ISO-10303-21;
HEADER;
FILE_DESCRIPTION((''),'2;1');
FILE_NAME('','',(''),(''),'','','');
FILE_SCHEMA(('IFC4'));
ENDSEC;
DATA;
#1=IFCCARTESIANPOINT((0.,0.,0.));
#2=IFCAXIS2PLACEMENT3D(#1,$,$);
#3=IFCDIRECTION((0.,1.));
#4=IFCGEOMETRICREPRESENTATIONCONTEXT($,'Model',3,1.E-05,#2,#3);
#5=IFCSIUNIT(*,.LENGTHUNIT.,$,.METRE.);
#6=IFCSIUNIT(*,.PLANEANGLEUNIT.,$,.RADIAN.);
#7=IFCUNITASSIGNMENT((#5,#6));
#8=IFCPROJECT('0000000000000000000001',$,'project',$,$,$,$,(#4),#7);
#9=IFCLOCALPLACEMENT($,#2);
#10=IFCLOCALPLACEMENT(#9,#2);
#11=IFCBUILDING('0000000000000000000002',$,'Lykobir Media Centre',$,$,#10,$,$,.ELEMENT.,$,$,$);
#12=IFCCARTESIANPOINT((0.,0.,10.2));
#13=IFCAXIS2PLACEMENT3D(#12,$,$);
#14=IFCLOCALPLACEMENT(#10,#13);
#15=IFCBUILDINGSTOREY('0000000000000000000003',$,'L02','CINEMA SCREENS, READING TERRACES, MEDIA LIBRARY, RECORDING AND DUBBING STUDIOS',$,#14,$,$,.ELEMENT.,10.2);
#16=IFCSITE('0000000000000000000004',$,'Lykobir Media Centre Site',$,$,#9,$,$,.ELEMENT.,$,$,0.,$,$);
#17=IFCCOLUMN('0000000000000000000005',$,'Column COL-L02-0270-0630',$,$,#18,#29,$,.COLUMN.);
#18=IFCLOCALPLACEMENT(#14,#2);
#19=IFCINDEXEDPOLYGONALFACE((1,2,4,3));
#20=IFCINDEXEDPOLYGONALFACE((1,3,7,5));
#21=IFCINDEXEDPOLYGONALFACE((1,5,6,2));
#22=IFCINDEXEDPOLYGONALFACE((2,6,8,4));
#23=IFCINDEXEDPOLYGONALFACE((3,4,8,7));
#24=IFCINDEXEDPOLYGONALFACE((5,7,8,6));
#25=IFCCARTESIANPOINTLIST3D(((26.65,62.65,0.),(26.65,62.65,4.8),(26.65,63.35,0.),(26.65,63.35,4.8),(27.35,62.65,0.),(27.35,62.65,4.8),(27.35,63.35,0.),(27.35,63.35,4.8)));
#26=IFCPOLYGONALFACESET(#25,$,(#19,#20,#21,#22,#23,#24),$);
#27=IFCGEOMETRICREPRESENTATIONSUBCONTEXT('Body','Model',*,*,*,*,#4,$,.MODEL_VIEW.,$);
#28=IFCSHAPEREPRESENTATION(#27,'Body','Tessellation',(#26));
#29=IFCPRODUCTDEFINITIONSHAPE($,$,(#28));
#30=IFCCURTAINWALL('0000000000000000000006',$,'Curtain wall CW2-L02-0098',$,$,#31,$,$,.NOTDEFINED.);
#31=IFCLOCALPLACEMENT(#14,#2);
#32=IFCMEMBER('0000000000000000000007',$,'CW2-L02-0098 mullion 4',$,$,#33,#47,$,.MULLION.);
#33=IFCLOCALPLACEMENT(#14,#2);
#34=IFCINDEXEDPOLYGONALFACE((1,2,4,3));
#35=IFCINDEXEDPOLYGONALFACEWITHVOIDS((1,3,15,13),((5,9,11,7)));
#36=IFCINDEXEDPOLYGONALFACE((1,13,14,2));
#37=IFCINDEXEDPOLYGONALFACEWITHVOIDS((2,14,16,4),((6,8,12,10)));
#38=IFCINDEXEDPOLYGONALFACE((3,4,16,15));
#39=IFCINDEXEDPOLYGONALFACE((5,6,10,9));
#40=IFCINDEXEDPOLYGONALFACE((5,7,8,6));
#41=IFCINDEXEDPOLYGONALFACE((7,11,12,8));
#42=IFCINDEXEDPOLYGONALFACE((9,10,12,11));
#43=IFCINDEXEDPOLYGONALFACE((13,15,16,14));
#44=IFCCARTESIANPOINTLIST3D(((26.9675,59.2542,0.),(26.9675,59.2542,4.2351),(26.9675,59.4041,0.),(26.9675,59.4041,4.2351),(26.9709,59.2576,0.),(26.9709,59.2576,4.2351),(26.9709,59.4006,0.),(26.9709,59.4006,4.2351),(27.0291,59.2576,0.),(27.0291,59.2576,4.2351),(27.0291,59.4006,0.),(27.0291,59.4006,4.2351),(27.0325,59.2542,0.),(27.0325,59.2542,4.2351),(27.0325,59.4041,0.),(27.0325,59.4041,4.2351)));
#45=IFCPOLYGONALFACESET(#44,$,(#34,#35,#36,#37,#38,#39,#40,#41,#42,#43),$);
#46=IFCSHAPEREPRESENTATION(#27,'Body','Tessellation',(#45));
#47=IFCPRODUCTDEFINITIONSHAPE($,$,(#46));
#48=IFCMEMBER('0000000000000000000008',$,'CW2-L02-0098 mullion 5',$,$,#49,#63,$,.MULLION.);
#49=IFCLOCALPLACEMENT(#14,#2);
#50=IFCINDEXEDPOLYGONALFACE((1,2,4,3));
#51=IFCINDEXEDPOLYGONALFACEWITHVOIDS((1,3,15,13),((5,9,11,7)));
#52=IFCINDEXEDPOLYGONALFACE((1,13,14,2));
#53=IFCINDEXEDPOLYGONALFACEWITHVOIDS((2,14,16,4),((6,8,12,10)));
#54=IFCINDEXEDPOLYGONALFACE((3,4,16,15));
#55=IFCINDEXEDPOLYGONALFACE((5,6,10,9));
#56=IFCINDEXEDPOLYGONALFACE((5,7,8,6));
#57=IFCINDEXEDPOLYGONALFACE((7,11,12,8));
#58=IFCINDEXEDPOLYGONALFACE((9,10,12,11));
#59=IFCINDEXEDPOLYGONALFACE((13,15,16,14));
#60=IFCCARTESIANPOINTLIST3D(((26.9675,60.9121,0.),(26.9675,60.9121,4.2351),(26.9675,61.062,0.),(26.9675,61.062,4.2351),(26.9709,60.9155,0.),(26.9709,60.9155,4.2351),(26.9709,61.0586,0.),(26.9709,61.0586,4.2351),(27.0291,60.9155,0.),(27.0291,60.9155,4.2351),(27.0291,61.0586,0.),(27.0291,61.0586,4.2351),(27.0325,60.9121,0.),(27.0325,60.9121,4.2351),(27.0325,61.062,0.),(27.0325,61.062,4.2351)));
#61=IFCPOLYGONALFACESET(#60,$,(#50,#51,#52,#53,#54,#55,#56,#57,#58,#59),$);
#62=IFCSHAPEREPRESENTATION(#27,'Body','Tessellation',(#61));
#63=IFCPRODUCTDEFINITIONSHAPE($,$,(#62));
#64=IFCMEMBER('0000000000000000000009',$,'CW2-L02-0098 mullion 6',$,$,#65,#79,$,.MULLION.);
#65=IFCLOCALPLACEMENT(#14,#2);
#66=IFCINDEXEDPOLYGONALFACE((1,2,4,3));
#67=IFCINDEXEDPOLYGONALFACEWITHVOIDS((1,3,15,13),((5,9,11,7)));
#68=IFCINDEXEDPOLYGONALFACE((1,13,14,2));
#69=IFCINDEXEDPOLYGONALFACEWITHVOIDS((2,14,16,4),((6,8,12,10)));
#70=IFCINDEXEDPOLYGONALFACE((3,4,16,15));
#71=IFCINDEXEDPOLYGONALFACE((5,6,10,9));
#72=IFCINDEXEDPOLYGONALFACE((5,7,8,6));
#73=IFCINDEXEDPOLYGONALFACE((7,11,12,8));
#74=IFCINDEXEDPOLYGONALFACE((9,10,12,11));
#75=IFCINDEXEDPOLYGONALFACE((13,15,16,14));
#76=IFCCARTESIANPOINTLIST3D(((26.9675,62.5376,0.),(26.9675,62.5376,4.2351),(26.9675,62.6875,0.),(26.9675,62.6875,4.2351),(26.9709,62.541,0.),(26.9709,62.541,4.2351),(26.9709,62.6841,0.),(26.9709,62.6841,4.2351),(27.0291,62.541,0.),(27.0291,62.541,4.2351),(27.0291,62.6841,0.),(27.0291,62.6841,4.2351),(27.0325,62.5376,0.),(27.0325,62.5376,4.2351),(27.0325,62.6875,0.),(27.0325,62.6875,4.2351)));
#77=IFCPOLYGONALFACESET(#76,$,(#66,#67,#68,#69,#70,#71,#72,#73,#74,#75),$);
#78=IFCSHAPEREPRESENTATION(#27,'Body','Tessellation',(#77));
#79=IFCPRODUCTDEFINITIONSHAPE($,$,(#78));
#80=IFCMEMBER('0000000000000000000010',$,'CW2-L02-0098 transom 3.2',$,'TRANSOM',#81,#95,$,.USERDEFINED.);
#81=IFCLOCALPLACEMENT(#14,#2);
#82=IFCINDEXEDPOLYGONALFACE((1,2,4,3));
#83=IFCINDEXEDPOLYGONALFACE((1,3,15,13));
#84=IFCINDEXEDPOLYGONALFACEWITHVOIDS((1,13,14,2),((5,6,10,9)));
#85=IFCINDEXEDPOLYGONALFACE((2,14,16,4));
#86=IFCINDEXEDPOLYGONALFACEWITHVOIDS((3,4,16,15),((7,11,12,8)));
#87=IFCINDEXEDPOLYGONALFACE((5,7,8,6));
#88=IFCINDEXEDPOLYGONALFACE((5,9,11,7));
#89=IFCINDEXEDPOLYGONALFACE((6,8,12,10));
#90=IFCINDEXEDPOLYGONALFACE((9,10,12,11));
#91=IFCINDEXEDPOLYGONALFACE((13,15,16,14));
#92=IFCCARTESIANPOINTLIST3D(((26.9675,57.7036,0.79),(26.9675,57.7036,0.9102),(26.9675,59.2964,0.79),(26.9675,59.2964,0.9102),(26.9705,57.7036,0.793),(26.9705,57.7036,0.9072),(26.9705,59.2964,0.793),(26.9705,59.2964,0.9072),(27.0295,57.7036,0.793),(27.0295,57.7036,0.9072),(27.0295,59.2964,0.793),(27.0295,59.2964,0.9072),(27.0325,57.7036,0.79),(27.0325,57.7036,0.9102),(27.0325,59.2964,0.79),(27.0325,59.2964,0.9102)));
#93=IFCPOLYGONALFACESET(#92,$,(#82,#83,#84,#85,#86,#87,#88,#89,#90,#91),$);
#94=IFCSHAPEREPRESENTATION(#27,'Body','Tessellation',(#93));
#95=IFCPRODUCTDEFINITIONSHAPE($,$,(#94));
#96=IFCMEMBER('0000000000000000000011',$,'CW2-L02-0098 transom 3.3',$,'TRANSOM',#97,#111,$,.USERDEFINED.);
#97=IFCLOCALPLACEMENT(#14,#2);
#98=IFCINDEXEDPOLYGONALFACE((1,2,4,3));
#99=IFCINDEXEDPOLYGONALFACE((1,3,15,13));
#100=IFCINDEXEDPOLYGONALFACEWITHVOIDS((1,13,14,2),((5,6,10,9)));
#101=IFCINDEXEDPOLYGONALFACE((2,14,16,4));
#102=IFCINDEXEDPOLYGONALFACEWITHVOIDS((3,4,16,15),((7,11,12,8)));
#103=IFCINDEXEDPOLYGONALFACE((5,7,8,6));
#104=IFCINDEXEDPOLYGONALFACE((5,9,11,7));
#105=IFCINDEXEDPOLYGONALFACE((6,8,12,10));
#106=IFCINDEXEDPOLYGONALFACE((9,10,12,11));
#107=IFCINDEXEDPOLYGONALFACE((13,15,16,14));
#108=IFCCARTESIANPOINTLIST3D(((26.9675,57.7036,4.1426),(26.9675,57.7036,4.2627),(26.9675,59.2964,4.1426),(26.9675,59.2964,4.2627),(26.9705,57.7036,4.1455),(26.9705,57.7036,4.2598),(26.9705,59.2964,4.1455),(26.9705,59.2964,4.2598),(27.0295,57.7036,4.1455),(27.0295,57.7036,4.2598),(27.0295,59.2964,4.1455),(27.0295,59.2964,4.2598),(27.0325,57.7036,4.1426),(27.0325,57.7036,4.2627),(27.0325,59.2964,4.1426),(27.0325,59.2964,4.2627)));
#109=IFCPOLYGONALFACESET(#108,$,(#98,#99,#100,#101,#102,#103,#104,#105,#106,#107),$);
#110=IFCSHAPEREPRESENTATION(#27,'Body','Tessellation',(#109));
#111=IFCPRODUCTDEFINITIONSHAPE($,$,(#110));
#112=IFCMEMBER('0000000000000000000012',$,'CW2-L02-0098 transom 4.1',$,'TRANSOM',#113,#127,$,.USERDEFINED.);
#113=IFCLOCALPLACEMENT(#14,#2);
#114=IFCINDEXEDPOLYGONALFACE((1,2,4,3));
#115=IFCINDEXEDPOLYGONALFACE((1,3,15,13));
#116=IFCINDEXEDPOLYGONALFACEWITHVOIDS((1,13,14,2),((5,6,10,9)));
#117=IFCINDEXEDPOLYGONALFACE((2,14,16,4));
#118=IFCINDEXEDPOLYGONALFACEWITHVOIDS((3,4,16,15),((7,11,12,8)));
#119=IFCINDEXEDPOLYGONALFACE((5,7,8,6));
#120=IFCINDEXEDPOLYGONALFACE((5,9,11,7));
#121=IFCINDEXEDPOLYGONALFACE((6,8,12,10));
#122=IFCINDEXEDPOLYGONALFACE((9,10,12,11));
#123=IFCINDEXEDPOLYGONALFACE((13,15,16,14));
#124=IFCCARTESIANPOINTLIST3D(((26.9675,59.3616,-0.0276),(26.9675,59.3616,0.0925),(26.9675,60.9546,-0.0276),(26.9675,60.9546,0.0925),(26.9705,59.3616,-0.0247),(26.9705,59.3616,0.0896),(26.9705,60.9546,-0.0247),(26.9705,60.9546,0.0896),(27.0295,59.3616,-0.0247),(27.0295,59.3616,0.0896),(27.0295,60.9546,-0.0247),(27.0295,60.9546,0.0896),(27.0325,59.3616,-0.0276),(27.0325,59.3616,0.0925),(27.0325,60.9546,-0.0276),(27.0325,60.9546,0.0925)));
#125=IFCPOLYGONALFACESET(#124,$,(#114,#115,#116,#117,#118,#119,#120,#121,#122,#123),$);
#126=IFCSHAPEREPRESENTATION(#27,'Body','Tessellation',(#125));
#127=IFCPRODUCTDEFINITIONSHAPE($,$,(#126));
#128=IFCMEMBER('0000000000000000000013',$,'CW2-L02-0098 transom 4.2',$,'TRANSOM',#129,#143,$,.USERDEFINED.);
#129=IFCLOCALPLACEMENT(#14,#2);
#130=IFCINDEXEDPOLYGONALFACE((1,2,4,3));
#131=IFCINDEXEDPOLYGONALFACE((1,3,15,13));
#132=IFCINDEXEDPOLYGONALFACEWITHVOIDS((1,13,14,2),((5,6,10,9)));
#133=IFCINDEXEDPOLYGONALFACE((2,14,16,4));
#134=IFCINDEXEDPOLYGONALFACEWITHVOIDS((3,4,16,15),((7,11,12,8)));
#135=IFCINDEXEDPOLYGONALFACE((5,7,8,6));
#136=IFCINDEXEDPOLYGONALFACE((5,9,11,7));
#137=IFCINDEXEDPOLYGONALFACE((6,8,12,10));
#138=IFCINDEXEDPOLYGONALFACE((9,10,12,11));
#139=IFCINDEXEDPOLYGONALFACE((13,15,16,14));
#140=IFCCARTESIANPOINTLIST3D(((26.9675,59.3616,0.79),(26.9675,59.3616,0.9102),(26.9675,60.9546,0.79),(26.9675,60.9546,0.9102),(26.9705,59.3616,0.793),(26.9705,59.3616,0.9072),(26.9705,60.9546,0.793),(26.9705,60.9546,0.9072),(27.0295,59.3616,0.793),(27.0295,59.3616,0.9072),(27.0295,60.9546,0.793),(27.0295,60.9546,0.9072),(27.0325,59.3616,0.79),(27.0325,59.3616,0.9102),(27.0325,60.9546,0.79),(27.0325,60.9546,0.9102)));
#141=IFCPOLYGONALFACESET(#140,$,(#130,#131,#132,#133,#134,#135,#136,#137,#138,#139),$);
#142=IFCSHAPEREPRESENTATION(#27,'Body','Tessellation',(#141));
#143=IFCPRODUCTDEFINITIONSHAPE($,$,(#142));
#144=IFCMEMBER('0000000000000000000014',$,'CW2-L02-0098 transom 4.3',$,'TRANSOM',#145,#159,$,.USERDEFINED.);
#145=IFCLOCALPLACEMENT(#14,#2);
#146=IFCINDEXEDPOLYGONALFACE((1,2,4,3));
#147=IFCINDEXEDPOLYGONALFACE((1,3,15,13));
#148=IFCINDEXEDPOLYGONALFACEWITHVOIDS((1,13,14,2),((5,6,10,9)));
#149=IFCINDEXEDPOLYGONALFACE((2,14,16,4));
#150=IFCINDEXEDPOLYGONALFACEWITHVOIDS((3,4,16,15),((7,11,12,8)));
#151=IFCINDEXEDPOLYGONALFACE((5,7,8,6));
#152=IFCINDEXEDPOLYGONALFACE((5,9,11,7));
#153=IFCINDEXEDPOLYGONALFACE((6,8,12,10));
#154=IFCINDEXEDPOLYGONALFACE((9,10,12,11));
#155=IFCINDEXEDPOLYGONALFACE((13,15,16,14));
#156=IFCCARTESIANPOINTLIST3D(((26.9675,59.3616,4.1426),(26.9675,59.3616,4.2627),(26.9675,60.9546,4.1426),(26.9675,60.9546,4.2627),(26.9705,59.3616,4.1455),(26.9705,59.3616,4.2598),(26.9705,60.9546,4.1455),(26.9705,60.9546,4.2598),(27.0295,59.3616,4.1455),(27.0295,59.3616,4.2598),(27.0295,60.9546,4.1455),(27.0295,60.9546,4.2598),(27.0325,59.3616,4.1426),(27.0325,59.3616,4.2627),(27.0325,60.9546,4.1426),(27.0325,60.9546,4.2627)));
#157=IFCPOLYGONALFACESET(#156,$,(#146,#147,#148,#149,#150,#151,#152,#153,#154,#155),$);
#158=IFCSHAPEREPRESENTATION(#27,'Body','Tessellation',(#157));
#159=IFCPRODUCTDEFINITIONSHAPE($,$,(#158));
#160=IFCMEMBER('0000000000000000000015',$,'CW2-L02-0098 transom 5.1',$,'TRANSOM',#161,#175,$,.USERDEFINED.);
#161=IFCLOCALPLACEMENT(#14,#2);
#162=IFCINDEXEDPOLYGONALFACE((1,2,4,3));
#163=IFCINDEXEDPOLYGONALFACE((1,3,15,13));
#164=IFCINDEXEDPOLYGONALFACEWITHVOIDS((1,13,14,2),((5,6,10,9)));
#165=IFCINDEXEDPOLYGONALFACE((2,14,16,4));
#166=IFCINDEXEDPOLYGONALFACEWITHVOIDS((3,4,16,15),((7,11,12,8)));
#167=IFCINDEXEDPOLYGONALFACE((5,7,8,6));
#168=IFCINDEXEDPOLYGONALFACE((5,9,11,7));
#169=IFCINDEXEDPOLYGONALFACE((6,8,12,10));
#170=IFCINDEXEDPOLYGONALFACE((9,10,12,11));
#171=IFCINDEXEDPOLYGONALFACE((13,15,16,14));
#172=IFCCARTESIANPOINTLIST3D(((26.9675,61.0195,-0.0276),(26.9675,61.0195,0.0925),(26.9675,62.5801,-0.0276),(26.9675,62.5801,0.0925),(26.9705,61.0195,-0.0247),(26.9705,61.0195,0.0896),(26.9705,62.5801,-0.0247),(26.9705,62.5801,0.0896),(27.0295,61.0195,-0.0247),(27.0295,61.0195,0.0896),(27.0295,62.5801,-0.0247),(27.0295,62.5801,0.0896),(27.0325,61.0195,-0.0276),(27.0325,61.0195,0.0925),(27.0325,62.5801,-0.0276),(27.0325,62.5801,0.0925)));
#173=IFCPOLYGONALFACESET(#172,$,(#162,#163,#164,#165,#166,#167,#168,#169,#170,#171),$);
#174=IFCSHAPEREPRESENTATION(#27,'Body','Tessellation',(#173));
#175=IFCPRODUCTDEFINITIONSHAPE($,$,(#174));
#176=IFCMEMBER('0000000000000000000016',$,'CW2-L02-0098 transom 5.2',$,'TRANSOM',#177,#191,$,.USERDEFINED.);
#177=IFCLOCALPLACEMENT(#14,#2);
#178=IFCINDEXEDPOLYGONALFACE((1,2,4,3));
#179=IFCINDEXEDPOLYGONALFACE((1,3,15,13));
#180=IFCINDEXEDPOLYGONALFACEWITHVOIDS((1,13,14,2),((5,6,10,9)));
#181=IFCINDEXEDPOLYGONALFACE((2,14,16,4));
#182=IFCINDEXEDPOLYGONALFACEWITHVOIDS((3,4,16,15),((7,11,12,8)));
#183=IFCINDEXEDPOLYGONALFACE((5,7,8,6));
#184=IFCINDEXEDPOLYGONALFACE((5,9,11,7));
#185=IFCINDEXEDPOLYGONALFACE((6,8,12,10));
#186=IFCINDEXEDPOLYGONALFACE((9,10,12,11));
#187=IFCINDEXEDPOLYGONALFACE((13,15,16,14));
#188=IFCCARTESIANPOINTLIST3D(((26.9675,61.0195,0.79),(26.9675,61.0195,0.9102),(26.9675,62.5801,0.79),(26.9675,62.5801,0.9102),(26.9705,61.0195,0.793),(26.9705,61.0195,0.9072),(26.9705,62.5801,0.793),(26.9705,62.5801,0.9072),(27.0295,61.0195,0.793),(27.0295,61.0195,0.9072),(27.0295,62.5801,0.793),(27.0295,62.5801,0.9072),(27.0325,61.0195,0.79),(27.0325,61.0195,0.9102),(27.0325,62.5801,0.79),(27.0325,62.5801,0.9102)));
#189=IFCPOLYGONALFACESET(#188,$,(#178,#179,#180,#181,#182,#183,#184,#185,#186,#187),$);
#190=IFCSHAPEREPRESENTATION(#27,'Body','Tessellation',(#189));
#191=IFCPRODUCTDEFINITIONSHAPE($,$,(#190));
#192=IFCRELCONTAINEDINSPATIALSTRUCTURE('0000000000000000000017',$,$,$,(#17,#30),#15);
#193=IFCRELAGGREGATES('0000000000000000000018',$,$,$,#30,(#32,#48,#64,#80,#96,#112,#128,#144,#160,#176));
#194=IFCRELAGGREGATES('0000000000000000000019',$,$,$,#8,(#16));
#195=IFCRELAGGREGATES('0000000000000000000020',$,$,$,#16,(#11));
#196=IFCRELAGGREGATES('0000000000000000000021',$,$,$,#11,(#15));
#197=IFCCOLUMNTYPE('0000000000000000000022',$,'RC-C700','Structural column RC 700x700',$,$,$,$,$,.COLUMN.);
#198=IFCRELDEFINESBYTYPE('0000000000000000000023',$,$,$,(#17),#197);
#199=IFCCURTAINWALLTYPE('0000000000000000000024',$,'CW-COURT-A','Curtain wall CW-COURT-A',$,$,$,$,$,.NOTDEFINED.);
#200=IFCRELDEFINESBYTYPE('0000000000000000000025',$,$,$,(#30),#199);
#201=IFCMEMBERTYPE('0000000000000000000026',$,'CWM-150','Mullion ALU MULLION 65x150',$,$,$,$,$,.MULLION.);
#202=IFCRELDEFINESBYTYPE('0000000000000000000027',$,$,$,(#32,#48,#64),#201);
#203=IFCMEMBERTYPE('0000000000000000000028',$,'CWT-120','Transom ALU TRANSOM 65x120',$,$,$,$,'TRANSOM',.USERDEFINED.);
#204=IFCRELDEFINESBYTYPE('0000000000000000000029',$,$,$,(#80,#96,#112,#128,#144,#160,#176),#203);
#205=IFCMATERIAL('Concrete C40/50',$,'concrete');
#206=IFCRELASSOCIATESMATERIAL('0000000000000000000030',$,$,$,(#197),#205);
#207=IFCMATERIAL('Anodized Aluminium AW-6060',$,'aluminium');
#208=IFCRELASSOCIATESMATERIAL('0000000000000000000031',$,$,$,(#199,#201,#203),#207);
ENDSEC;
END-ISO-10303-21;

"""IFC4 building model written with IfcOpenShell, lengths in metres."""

from ifc_helpers import new_model, si_unit, direction, frame, origin, origin_2d, place, context, subcontext, project, spatial, rectangle, hollow_rectangle, extrude, material, material_profile, profile_set, type_object, element, aggregate, save


model = new_model("IFC4")

# Units and contexts
model_context = context("Model", 3, precision=1e-05, world=origin(), true_north=direction((0.0, 1.0)))
body_context = subcontext(model_context, "Body", "Model", "MODEL_VIEW")
ifc_project = project(units=[si_unit("LENGTHUNIT", "METRE"), si_unit("PLANEANGLEUNIT", "RADIAN")], contexts=[model_context])

# Site, building, storey
site_placement = place(None, origin())
site = spatial("IfcSite", under=ifc_project, at=site_placement, Name="Lykobir Media Centre Site", CompositionType="ELEMENT", RefElevation=0.0)
building_placement = place(site_placement, origin())
building = spatial("IfcBuilding", under=site, at=building_placement, Name="Lykobir Media Centre", CompositionType="ELEMENT")
storey_placement = place(building_placement, frame((0.0, 0.0, 10.2)))
storey = spatial("IfcBuildingStorey", under=building, at=storey_placement, Name="L02", Description="CINEMA SCREENS, READING TERRACES, MEDIA LIBRARY, RECORDING AND DUBBING STUDIOS", CompositionType="ELEMENT", Elevation=10.2)

# Column
ifc_material_1 = material(Name="Concrete C40/50", Category="concrete")
ifc_material_profile_1 = material_profile(ifc_material_1, rectangle(XDim=0.7, YDim=0.7, at=origin_2d()), Name="RC 700x700")
ifc_profile_set_1 = profile_set([ifc_material_profile_1], Name="Concrete C40/50")
column_type = type_object("IfcColumnType", Name="RC-C700", Description="Structural column RC 700x700", PredefinedType="COLUMN", material=ifc_profile_set_1)
column_placement = place(storey_placement, frame((27.0, 63.0, 0.0), z_axis=(0.0, 0.0, 1.0), x_axis=(1.0, 0.0, 0.0)))
element("IfcColumn", 1, at=column_placement, inside=storey, type_object=column_type, Name="Column COL-L02-0270-0630", PredefinedType="COLUMN", context=body_context, shape_type="SweptSolid", body=[
    extrude(rectangle(XDim=0.7, YDim=0.7, at=origin_2d()), origin(), (0.0, 0.0, 1.0), 4.8),
])

# Curtain wall, members
ifc_material_2 = material(Name="Anodized Aluminium AW-6060", Category="aluminium")
curtain_wall_type = type_object("IfcCurtainWallType", Name="CW-COURT-A", Description="Curtain wall CW-COURT-A", PredefinedType="NOTDEFINED", material=ifc_material_2)
curtain_wall_placement = place(storey_placement, origin())
curtain_wall = element("IfcCurtainWall", 2, at=curtain_wall_placement, inside=storey, type_object=curtain_wall_type, Name="Curtain wall CW2-L02-0098", PredefinedType="NOTDEFINED")
ifc_material_profile_2 = material_profile(ifc_material_2, hollow_rectangle(XDim=0.0649, YDim=0.1499, WallThickness=0.0034, at=origin_2d()), Name="ALU MULLION 65x150")
ifc_profile_set_2 = profile_set([ifc_material_profile_2], Name="Anodized Aluminium AW-6060")
member_type_1 = type_object("IfcMemberType", Name="CWM-150", Description="Mullion ALU MULLION 65x150", PredefinedType="MULLION", material=ifc_profile_set_2)
member_1_placement = place(storey_placement, frame((27.0, 59.3291, 0.0), z_axis=(0.0, 0.0, 1.0), x_axis=(-1.0, 0.0, 0.0)))
member_1 = element("IfcMember", 3, at=member_1_placement, type_object=member_type_1, Name="CW2-L02-0098 mullion 4", PredefinedType="MULLION", context=body_context, shape_type="SweptSolid", body=[
    extrude(hollow_rectangle(XDim=0.0649, YDim=0.1499, WallThickness=0.0034, at=origin_2d()), origin(), (0.0, 0.0, 1.0), 4.2351),
])
member_2_placement = place(storey_placement, frame((27.0, 60.9871, 0.0), z_axis=(0.0, 0.0, 1.0), x_axis=(-1.0, 0.0, 0.0)))
member_2 = element("IfcMember", 4, at=member_2_placement, type_object=member_type_1, Name="CW2-L02-0098 mullion 5", PredefinedType="MULLION", context=body_context, shape_type="SweptSolid", body=[
    extrude(hollow_rectangle(XDim=0.0649, YDim=0.1499, WallThickness=0.0034, at=origin_2d()), origin(), (0.0, 0.0, 1.0), 4.2351),
])
member_3_placement = place(storey_placement, frame((27.0, 62.6125, 0.0), z_axis=(0.0, 0.0, 1.0), x_axis=(-1.0, 0.0, 0.0)))
member_3 = element("IfcMember", 5, at=member_3_placement, type_object=member_type_1, Name="CW2-L02-0098 mullion 6", PredefinedType="MULLION", context=body_context, shape_type="SweptSolid", body=[
    extrude(hollow_rectangle(XDim=0.0649, YDim=0.1499, WallThickness=0.0034, at=origin_2d()), origin(), (0.0, 0.0, 1.0), 4.2351),
])
ifc_material_profile_3 = material_profile(ifc_material_2, hollow_rectangle(XDim=0.0649, YDim=0.1201, WallThickness=0.0029, at=origin_2d()), Name="ALU TRANSOM 65x120")
ifc_profile_set_3 = profile_set([ifc_material_profile_3], Name="Anodized Aluminium AW-6060")
member_type_2 = type_object("IfcMemberType", Name="CWT-120", Description="Transom ALU TRANSOM 65x120", ElementType="TRANSOM", PredefinedType="USERDEFINED", material=ifc_profile_set_3)
member_4_placement = place(storey_placement, frame((27.0, 57.7036, 0.8501), z_axis=(0.0, 1.0, 0.0), x_axis=(-1.0, 0.0, 0.0)))
member_4 = element("IfcMember", 6, at=member_4_placement, type_object=member_type_2, Name="CW2-L02-0098 transom 3.2", ObjectType="TRANSOM", PredefinedType="USERDEFINED", context=body_context, shape_type="SweptSolid", body=[
    extrude(hollow_rectangle(XDim=0.0649, YDim=0.1201, WallThickness=0.0029, at=origin_2d()), origin(), (0.0, 0.0, 1.0), 1.5928),
])
member_5_placement = place(storey_placement, frame((27.0, 57.7036, 4.2026), z_axis=(0.0, 1.0, 0.0), x_axis=(-1.0, 0.0, 0.0)))
member_5 = element("IfcMember", 7, at=member_5_placement, type_object=member_type_2, Name="CW2-L02-0098 transom 3.3", ObjectType="TRANSOM", PredefinedType="USERDEFINED", context=body_context, shape_type="SweptSolid", body=[
    extrude(hollow_rectangle(XDim=0.0649, YDim=0.1201, WallThickness=0.0029, at=origin_2d()), origin(), (0.0, 0.0, 1.0), 1.5928),
])
member_6_placement = place(storey_placement, frame((27.0, 59.3616, 0.0325), z_axis=(0.0, 1.0, 0.0), x_axis=(-1.0, 0.0, 0.0)))
member_6 = element("IfcMember", 8, at=member_6_placement, type_object=member_type_2, Name="CW2-L02-0098 transom 4.1", ObjectType="TRANSOM", PredefinedType="USERDEFINED", context=body_context, shape_type="SweptSolid", body=[
    extrude(hollow_rectangle(XDim=0.0649, YDim=0.1201, WallThickness=0.0029, at=origin_2d()), origin(), (0.0, 0.0, 1.0), 1.593),
])
member_7_placement = place(storey_placement, frame((27.0, 59.3616, 0.8501), z_axis=(0.0, 1.0, 0.0), x_axis=(-1.0, 0.0, 0.0)))
member_7 = element("IfcMember", 9, at=member_7_placement, type_object=member_type_2, Name="CW2-L02-0098 transom 4.2", ObjectType="TRANSOM", PredefinedType="USERDEFINED", context=body_context, shape_type="SweptSolid", body=[
    extrude(hollow_rectangle(XDim=0.0649, YDim=0.1201, WallThickness=0.0029, at=origin_2d()), origin(), (0.0, 0.0, 1.0), 1.593),
])
member_8_placement = place(storey_placement, frame((27.0, 59.3616, 4.2026), z_axis=(0.0, 1.0, 0.0), x_axis=(-1.0, 0.0, 0.0)))
member_8 = element("IfcMember", 10, at=member_8_placement, type_object=member_type_2, Name="CW2-L02-0098 transom 4.3", ObjectType="TRANSOM", PredefinedType="USERDEFINED", context=body_context, shape_type="SweptSolid", body=[
    extrude(hollow_rectangle(XDim=0.0649, YDim=0.1201, WallThickness=0.0029, at=origin_2d()), origin(), (0.0, 0.0, 1.0), 1.593),
])
member_9_placement = place(storey_placement, frame((27.0, 61.0195, 0.0325), z_axis=(0.0, 1.0, 0.0), x_axis=(-1.0, 0.0, 0.0)))
member_9 = element("IfcMember", 11, at=member_9_placement, type_object=member_type_2, Name="CW2-L02-0098 transom 5.1", ObjectType="TRANSOM", PredefinedType="USERDEFINED", context=body_context, shape_type="SweptSolid", body=[
    extrude(hollow_rectangle(XDim=0.0649, YDim=0.1201, WallThickness=0.0029, at=origin_2d()), origin(), (0.0, 0.0, 1.0), 1.5605),
])
member_10_placement = place(storey_placement, frame((27.0, 61.0195, 0.8501), z_axis=(0.0, 1.0, 0.0), x_axis=(-1.0, 0.0, 0.0)))
member_10 = element("IfcMember", 12, at=member_10_placement, type_object=member_type_2, Name="CW2-L02-0098 transom 5.2", ObjectType="TRANSOM", PredefinedType="USERDEFINED", context=body_context, shape_type="SweptSolid", body=[
    extrude(hollow_rectangle(XDim=0.0649, YDim=0.1201, WallThickness=0.0029, at=origin_2d()), origin(), (0.0, 0.0, 1.0), 1.5605),
])

aggregate(curtain_wall, [member_1, member_2, member_3, member_4, member_5, member_6, member_7, member_8, member_9, member_10])

save(model, "model.ifc")
